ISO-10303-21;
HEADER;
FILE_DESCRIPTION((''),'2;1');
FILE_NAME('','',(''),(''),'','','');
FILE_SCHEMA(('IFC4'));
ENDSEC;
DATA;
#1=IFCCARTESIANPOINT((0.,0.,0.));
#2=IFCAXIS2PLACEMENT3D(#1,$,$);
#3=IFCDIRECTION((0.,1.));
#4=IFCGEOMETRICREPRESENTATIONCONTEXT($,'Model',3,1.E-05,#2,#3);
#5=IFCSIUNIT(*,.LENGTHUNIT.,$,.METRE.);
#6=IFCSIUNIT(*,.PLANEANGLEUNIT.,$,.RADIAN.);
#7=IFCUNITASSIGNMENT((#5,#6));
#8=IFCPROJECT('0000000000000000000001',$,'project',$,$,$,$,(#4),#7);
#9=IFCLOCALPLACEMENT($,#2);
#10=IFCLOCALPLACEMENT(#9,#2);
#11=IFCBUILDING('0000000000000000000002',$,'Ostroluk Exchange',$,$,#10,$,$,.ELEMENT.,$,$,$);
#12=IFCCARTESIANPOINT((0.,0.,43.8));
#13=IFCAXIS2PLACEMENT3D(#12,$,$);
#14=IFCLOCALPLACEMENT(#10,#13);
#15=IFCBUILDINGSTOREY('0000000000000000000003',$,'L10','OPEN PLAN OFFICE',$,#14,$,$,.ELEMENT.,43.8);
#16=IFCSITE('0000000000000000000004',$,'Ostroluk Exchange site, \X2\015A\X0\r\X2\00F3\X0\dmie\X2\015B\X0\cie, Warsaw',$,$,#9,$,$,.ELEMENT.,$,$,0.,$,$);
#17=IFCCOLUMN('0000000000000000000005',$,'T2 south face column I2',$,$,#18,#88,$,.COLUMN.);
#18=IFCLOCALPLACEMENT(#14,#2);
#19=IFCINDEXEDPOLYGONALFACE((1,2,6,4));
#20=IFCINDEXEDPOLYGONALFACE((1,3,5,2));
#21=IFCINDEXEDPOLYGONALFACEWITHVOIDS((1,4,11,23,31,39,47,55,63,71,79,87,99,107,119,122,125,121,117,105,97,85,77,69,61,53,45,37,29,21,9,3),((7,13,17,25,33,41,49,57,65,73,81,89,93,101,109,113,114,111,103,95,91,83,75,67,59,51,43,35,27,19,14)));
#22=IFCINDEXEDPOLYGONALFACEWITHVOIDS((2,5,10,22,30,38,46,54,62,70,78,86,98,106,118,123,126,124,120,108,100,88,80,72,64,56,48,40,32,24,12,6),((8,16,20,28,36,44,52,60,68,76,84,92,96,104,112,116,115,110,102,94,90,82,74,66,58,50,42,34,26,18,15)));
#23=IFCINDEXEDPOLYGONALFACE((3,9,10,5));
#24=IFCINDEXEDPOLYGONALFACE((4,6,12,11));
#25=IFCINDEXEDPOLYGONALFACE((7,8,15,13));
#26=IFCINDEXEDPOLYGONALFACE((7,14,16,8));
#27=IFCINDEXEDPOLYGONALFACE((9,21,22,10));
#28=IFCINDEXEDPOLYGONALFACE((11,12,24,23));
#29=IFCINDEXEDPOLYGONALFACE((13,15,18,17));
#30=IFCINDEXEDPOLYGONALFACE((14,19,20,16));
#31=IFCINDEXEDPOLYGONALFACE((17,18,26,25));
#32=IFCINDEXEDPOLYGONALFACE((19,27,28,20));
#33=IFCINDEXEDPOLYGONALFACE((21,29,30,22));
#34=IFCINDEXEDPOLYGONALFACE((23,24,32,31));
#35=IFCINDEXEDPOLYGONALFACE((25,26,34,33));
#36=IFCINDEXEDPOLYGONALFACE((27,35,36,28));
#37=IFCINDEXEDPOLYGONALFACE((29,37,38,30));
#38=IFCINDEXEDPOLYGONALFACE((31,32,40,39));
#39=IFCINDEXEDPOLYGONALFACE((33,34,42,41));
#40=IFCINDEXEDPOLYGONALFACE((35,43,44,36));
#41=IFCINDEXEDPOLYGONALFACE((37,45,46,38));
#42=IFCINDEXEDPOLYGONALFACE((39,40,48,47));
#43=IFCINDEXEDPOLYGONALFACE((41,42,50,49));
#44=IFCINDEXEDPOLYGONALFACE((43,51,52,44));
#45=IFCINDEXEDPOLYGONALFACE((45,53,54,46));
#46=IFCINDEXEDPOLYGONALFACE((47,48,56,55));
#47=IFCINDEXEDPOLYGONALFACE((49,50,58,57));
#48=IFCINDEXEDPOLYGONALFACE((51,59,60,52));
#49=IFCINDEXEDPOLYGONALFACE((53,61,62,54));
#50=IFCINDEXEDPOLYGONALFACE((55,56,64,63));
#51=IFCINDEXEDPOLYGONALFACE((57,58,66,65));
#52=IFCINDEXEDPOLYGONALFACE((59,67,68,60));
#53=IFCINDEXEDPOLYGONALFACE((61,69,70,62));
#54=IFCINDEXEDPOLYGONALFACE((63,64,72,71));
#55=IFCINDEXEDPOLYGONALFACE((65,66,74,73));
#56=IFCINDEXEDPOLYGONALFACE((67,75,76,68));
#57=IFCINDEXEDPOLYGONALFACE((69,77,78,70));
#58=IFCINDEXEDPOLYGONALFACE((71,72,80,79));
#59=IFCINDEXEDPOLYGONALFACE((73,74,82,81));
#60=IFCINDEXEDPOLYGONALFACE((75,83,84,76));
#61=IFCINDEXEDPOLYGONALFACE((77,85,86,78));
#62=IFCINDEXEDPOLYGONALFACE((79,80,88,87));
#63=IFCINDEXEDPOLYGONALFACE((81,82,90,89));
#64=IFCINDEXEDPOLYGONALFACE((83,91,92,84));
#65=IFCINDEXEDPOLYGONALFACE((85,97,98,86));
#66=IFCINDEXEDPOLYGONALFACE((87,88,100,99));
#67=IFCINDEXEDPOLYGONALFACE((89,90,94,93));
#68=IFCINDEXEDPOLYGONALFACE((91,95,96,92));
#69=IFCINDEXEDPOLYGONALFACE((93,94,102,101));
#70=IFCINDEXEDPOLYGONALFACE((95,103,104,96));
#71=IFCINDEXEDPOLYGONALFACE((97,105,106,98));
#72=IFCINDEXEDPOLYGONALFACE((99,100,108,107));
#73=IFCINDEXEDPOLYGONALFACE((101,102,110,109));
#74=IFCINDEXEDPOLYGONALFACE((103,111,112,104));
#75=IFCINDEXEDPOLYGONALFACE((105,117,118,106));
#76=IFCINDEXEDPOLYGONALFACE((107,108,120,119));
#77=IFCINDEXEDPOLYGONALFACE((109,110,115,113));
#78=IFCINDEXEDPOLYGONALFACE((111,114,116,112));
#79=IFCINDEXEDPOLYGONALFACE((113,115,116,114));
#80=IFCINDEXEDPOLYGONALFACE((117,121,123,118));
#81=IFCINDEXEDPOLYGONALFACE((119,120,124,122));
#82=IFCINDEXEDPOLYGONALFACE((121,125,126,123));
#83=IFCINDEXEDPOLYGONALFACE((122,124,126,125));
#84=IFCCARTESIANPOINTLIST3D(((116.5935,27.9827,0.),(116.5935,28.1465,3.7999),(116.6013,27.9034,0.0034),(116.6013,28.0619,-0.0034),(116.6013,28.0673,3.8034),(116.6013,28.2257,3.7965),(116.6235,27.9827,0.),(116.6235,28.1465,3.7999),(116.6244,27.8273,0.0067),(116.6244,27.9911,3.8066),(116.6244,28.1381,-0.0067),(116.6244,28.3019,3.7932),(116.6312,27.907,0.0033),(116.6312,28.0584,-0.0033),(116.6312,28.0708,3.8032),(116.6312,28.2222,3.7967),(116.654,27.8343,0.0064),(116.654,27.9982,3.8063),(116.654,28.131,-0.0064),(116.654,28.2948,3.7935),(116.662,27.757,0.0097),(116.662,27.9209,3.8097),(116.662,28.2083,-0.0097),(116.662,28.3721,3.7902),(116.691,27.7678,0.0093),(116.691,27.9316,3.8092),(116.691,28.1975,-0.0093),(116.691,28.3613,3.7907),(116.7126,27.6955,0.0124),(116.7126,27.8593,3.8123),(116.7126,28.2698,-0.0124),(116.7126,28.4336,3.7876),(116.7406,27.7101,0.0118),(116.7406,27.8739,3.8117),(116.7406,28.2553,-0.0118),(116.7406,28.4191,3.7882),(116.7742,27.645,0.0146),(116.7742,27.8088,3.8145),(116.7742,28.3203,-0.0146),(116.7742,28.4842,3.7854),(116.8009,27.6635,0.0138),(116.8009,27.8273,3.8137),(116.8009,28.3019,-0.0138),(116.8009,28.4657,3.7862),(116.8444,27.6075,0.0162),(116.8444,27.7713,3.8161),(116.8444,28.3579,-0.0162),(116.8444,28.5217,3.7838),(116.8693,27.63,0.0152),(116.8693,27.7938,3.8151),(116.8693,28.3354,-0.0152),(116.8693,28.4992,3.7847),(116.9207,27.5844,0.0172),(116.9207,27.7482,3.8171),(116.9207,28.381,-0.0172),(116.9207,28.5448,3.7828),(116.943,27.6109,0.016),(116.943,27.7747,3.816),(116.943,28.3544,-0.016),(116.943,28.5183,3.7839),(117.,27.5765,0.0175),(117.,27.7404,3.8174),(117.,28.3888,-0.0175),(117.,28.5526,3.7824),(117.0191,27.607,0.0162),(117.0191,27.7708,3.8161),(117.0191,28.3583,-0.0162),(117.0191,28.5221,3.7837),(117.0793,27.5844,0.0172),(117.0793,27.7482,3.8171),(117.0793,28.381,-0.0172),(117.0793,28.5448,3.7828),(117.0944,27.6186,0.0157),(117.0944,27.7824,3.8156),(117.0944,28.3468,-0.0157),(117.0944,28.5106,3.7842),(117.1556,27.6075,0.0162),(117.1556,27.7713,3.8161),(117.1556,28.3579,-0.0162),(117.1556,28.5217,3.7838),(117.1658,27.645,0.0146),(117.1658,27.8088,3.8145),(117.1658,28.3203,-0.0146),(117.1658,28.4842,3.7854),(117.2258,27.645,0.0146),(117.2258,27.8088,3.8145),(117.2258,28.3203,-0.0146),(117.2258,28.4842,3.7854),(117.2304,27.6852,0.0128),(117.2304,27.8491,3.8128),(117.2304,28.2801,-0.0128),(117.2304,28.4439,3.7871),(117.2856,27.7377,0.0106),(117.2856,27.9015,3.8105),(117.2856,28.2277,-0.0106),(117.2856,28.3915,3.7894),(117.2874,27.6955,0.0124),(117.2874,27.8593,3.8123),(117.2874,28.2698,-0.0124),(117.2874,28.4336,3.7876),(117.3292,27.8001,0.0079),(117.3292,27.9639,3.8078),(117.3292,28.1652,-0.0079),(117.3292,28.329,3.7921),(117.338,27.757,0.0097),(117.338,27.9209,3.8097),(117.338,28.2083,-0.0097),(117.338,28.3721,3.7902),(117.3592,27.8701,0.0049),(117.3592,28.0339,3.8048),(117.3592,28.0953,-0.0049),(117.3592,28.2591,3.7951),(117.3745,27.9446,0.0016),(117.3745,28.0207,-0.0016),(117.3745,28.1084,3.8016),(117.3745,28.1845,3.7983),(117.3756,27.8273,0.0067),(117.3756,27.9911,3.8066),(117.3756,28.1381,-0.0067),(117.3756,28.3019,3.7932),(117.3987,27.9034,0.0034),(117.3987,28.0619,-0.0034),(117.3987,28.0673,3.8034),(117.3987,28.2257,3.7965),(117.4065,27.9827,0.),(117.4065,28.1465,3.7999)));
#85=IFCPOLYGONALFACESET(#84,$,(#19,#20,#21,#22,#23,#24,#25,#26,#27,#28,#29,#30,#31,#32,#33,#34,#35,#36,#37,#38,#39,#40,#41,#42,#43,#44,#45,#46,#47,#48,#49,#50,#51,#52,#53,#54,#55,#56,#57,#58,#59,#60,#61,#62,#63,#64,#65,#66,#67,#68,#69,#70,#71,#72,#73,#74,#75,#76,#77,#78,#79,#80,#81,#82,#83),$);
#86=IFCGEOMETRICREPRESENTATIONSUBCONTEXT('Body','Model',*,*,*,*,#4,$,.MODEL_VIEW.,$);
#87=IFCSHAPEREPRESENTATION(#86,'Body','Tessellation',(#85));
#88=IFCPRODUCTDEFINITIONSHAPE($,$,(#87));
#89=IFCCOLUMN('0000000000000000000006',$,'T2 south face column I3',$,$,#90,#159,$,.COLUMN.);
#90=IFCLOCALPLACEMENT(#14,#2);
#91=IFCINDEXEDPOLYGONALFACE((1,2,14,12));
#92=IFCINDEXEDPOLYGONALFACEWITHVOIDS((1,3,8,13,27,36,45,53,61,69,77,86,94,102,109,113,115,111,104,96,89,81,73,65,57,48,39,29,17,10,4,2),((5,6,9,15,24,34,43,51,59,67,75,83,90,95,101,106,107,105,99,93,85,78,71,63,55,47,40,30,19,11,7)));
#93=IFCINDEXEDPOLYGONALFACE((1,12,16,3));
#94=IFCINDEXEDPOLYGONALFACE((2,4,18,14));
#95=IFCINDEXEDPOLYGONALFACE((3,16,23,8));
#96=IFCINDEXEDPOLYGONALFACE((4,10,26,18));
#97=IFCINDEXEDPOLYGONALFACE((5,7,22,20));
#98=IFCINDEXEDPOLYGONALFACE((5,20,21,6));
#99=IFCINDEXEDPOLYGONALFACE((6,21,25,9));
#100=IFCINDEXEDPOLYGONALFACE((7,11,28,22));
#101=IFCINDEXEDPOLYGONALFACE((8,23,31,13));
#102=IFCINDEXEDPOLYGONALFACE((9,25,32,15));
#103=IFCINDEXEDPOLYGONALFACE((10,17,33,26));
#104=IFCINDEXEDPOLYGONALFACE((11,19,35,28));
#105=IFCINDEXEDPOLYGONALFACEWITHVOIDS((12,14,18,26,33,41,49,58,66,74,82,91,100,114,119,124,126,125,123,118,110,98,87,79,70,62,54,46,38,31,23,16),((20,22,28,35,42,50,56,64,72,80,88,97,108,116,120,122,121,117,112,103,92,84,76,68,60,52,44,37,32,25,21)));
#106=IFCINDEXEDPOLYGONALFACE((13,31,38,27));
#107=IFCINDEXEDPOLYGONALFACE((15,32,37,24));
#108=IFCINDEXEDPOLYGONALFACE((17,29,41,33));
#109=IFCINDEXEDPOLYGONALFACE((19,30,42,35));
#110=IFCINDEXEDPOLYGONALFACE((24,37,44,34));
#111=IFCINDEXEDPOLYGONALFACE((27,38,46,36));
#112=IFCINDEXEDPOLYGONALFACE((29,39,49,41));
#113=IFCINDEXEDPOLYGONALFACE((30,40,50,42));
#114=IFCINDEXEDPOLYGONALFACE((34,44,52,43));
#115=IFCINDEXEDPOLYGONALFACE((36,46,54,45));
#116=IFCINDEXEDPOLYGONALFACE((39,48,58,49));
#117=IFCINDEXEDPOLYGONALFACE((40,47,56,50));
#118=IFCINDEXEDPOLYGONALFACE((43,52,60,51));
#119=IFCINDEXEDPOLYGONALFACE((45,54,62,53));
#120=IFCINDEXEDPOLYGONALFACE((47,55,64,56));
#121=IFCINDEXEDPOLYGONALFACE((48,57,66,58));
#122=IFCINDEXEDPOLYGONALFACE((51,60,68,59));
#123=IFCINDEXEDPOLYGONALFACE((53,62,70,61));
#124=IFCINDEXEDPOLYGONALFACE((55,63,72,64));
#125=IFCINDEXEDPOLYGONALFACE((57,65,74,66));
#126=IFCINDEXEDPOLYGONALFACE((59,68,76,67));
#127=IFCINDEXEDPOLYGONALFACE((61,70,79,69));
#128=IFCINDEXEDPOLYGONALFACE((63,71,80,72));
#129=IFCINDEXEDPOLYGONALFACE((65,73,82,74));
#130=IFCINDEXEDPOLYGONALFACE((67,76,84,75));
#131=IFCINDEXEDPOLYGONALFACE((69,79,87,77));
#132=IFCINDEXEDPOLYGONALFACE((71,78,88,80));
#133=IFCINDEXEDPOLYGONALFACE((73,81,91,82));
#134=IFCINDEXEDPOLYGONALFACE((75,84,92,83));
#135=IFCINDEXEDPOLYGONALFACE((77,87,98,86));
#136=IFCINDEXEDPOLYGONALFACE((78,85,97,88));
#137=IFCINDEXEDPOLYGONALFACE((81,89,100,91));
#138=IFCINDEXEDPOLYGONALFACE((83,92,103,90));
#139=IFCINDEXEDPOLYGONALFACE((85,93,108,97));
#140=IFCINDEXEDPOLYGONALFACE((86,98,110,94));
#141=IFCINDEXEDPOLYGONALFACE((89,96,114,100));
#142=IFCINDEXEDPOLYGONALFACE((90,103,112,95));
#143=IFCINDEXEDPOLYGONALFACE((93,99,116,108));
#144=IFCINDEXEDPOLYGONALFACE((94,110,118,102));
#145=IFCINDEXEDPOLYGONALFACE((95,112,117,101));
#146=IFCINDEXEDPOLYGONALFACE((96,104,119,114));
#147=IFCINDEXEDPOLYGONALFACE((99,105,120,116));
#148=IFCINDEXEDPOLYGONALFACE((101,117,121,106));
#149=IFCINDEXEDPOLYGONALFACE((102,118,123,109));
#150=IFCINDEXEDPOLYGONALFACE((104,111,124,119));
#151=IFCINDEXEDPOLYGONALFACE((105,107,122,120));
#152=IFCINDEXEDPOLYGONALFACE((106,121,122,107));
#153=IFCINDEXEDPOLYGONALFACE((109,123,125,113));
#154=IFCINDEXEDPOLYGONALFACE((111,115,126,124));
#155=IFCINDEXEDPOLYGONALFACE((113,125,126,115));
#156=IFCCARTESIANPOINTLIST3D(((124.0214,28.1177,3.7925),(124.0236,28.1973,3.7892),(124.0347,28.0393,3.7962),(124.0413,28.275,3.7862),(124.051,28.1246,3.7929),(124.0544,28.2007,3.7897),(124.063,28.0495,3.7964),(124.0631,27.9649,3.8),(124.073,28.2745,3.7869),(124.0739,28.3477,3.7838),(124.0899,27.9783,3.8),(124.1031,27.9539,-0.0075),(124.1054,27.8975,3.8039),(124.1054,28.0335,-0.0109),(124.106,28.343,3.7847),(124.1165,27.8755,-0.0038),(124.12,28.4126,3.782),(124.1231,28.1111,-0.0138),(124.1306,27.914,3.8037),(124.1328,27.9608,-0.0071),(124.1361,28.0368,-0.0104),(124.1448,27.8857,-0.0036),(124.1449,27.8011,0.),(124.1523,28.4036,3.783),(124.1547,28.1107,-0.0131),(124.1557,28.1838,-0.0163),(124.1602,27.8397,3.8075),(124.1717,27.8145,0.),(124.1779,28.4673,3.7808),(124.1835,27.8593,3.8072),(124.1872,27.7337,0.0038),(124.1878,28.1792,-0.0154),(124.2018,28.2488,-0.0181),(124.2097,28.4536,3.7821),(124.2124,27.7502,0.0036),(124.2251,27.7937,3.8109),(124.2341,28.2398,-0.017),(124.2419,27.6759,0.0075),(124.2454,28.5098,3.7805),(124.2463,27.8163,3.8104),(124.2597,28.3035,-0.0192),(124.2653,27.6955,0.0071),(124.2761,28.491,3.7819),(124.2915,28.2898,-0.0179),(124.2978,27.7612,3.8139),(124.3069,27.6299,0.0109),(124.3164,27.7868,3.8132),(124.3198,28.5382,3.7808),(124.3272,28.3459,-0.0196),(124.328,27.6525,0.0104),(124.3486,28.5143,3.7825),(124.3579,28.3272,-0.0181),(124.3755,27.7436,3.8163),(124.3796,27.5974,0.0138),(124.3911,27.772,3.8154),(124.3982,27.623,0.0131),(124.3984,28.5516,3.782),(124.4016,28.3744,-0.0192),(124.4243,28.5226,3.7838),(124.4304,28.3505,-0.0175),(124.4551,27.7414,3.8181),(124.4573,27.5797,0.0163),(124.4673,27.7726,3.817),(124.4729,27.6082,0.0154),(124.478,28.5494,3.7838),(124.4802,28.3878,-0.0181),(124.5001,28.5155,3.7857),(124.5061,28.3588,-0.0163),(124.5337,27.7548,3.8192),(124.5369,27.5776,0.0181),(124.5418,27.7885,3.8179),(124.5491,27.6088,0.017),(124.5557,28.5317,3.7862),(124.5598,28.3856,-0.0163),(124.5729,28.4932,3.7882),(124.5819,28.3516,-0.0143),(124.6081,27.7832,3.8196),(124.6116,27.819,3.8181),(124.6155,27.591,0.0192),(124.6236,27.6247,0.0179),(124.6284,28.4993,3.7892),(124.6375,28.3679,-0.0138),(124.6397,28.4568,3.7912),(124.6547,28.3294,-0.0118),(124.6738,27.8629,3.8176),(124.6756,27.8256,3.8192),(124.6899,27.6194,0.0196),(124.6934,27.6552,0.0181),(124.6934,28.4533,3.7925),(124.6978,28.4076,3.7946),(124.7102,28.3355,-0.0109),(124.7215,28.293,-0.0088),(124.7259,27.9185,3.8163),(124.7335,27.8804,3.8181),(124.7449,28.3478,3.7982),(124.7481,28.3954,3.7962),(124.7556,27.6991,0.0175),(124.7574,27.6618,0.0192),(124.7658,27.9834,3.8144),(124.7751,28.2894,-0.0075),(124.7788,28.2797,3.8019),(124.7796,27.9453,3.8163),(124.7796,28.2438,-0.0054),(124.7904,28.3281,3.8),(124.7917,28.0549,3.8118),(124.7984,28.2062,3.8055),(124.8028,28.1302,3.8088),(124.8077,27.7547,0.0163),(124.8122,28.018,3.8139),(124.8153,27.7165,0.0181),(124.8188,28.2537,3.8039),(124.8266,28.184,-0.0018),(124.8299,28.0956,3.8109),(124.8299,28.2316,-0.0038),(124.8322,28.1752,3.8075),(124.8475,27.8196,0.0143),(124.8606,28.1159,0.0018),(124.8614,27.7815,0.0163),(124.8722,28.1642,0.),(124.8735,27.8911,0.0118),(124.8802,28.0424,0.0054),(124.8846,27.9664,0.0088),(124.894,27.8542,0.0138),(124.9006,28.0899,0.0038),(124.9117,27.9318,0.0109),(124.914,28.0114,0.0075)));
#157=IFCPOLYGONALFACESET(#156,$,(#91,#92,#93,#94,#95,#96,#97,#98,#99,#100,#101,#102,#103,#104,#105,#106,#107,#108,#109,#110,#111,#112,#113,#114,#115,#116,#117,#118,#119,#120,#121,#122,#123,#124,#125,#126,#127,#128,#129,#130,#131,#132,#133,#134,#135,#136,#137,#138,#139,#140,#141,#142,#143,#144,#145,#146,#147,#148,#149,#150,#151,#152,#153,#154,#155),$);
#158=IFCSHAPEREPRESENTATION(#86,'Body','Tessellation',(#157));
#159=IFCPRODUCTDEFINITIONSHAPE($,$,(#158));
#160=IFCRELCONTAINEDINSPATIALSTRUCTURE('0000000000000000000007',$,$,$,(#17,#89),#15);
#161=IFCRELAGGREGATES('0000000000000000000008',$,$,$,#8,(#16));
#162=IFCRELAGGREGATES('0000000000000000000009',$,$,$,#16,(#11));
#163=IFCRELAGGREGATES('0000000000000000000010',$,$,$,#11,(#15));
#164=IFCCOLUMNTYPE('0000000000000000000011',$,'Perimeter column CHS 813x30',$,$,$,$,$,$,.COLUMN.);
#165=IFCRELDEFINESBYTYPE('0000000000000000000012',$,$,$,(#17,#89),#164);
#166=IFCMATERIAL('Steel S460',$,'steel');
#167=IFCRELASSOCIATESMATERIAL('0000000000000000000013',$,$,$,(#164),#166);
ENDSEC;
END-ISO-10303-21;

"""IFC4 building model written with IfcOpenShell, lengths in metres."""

from ifc_helpers import new_model, si_unit, direction, frame, origin, origin_2d, place, context, subcontext, project, spatial, hollow_circle, extrude, material, material_profile, profile_set, type_object, element, save


model = new_model("IFC4")

# Units and contexts
model_context = context("Model", 3, precision=1e-05, world=origin(), true_north=direction((0.0, 1.0)))
body_context = subcontext(model_context, "Body", "Model", "MODEL_VIEW")
ifc_project = project(units=[si_unit("LENGTHUNIT", "METRE"), si_unit("PLANEANGLEUNIT", "RADIAN")], contexts=[model_context])

# Site, building, storey
site_placement = place(None, origin())
site = spatial("IfcSite", under=ifc_project, at=site_placement, Name="Ostroluk Exchange site, Śródmieście, Warsaw", CompositionType="ELEMENT", RefElevation=0.0)
building_placement = place(site_placement, origin())
building = spatial("IfcBuilding", under=site, at=building_placement, Name="Ostroluk Exchange", CompositionType="ELEMENT")
storey_placement = place(building_placement, frame((0.0, 0.0, 43.8)))
storey = spatial("IfcBuildingStorey", under=building, at=storey_placement, Name="L10", Description="OPEN PLAN OFFICE", CompositionType="ELEMENT", Elevation=43.8)

# Columns
ifc_material_1 = material(Name="Steel S460", Category="steel")
ifc_material_profile_1 = material_profile(ifc_material_1, hollow_circle(Radius=0.4065, WallThickness=0.03, at=origin_2d()), Name="CHS 813x30")
ifc_profile_set_1 = profile_set([ifc_material_profile_1], Name="Steel S460")
column_type = type_object("IfcColumnType", Name="Perimeter column CHS 813x30", PredefinedType="COLUMN", material=ifc_profile_set_1)
column_1_placement = place(storey_placement, frame((117.0, 27.9827, 0.0), z_axis=(0.0, 0.04307, 0.999072), x_axis=(-1.0, 0.0, 0.0)))
element("IfcColumn", 1, at=column_1_placement, inside=storey, type_object=column_type, Name="T2 south face column I2", PredefinedType="COLUMN", context=body_context, shape_type="SweptSolid", body=[
    extrude(hollow_circle(Radius=0.4065, WallThickness=0.03, at=origin_2d()), origin(), (0.0, 0.0, 1.0), 3.8035),
])
column_2_placement = place(storey_placement, frame((124.5085, 27.9827, 0.0), z_axis=(-0.021498, 0.04306, 0.998841), x_axis=(-0.894694, -0.44668, 0.0)))
element("IfcColumn", 2, at=column_2_placement, inside=storey, type_object=column_type, Name="T2 south face column I3", PredefinedType="COLUMN", context=body_context, shape_type="SweptSolid", body=[
    extrude(hollow_circle(Radius=0.4065, WallThickness=0.03, at=origin_2d()), origin(), (0.0, 0.0, 1.0), 3.8044),
])

save(model, "model.ifc")
